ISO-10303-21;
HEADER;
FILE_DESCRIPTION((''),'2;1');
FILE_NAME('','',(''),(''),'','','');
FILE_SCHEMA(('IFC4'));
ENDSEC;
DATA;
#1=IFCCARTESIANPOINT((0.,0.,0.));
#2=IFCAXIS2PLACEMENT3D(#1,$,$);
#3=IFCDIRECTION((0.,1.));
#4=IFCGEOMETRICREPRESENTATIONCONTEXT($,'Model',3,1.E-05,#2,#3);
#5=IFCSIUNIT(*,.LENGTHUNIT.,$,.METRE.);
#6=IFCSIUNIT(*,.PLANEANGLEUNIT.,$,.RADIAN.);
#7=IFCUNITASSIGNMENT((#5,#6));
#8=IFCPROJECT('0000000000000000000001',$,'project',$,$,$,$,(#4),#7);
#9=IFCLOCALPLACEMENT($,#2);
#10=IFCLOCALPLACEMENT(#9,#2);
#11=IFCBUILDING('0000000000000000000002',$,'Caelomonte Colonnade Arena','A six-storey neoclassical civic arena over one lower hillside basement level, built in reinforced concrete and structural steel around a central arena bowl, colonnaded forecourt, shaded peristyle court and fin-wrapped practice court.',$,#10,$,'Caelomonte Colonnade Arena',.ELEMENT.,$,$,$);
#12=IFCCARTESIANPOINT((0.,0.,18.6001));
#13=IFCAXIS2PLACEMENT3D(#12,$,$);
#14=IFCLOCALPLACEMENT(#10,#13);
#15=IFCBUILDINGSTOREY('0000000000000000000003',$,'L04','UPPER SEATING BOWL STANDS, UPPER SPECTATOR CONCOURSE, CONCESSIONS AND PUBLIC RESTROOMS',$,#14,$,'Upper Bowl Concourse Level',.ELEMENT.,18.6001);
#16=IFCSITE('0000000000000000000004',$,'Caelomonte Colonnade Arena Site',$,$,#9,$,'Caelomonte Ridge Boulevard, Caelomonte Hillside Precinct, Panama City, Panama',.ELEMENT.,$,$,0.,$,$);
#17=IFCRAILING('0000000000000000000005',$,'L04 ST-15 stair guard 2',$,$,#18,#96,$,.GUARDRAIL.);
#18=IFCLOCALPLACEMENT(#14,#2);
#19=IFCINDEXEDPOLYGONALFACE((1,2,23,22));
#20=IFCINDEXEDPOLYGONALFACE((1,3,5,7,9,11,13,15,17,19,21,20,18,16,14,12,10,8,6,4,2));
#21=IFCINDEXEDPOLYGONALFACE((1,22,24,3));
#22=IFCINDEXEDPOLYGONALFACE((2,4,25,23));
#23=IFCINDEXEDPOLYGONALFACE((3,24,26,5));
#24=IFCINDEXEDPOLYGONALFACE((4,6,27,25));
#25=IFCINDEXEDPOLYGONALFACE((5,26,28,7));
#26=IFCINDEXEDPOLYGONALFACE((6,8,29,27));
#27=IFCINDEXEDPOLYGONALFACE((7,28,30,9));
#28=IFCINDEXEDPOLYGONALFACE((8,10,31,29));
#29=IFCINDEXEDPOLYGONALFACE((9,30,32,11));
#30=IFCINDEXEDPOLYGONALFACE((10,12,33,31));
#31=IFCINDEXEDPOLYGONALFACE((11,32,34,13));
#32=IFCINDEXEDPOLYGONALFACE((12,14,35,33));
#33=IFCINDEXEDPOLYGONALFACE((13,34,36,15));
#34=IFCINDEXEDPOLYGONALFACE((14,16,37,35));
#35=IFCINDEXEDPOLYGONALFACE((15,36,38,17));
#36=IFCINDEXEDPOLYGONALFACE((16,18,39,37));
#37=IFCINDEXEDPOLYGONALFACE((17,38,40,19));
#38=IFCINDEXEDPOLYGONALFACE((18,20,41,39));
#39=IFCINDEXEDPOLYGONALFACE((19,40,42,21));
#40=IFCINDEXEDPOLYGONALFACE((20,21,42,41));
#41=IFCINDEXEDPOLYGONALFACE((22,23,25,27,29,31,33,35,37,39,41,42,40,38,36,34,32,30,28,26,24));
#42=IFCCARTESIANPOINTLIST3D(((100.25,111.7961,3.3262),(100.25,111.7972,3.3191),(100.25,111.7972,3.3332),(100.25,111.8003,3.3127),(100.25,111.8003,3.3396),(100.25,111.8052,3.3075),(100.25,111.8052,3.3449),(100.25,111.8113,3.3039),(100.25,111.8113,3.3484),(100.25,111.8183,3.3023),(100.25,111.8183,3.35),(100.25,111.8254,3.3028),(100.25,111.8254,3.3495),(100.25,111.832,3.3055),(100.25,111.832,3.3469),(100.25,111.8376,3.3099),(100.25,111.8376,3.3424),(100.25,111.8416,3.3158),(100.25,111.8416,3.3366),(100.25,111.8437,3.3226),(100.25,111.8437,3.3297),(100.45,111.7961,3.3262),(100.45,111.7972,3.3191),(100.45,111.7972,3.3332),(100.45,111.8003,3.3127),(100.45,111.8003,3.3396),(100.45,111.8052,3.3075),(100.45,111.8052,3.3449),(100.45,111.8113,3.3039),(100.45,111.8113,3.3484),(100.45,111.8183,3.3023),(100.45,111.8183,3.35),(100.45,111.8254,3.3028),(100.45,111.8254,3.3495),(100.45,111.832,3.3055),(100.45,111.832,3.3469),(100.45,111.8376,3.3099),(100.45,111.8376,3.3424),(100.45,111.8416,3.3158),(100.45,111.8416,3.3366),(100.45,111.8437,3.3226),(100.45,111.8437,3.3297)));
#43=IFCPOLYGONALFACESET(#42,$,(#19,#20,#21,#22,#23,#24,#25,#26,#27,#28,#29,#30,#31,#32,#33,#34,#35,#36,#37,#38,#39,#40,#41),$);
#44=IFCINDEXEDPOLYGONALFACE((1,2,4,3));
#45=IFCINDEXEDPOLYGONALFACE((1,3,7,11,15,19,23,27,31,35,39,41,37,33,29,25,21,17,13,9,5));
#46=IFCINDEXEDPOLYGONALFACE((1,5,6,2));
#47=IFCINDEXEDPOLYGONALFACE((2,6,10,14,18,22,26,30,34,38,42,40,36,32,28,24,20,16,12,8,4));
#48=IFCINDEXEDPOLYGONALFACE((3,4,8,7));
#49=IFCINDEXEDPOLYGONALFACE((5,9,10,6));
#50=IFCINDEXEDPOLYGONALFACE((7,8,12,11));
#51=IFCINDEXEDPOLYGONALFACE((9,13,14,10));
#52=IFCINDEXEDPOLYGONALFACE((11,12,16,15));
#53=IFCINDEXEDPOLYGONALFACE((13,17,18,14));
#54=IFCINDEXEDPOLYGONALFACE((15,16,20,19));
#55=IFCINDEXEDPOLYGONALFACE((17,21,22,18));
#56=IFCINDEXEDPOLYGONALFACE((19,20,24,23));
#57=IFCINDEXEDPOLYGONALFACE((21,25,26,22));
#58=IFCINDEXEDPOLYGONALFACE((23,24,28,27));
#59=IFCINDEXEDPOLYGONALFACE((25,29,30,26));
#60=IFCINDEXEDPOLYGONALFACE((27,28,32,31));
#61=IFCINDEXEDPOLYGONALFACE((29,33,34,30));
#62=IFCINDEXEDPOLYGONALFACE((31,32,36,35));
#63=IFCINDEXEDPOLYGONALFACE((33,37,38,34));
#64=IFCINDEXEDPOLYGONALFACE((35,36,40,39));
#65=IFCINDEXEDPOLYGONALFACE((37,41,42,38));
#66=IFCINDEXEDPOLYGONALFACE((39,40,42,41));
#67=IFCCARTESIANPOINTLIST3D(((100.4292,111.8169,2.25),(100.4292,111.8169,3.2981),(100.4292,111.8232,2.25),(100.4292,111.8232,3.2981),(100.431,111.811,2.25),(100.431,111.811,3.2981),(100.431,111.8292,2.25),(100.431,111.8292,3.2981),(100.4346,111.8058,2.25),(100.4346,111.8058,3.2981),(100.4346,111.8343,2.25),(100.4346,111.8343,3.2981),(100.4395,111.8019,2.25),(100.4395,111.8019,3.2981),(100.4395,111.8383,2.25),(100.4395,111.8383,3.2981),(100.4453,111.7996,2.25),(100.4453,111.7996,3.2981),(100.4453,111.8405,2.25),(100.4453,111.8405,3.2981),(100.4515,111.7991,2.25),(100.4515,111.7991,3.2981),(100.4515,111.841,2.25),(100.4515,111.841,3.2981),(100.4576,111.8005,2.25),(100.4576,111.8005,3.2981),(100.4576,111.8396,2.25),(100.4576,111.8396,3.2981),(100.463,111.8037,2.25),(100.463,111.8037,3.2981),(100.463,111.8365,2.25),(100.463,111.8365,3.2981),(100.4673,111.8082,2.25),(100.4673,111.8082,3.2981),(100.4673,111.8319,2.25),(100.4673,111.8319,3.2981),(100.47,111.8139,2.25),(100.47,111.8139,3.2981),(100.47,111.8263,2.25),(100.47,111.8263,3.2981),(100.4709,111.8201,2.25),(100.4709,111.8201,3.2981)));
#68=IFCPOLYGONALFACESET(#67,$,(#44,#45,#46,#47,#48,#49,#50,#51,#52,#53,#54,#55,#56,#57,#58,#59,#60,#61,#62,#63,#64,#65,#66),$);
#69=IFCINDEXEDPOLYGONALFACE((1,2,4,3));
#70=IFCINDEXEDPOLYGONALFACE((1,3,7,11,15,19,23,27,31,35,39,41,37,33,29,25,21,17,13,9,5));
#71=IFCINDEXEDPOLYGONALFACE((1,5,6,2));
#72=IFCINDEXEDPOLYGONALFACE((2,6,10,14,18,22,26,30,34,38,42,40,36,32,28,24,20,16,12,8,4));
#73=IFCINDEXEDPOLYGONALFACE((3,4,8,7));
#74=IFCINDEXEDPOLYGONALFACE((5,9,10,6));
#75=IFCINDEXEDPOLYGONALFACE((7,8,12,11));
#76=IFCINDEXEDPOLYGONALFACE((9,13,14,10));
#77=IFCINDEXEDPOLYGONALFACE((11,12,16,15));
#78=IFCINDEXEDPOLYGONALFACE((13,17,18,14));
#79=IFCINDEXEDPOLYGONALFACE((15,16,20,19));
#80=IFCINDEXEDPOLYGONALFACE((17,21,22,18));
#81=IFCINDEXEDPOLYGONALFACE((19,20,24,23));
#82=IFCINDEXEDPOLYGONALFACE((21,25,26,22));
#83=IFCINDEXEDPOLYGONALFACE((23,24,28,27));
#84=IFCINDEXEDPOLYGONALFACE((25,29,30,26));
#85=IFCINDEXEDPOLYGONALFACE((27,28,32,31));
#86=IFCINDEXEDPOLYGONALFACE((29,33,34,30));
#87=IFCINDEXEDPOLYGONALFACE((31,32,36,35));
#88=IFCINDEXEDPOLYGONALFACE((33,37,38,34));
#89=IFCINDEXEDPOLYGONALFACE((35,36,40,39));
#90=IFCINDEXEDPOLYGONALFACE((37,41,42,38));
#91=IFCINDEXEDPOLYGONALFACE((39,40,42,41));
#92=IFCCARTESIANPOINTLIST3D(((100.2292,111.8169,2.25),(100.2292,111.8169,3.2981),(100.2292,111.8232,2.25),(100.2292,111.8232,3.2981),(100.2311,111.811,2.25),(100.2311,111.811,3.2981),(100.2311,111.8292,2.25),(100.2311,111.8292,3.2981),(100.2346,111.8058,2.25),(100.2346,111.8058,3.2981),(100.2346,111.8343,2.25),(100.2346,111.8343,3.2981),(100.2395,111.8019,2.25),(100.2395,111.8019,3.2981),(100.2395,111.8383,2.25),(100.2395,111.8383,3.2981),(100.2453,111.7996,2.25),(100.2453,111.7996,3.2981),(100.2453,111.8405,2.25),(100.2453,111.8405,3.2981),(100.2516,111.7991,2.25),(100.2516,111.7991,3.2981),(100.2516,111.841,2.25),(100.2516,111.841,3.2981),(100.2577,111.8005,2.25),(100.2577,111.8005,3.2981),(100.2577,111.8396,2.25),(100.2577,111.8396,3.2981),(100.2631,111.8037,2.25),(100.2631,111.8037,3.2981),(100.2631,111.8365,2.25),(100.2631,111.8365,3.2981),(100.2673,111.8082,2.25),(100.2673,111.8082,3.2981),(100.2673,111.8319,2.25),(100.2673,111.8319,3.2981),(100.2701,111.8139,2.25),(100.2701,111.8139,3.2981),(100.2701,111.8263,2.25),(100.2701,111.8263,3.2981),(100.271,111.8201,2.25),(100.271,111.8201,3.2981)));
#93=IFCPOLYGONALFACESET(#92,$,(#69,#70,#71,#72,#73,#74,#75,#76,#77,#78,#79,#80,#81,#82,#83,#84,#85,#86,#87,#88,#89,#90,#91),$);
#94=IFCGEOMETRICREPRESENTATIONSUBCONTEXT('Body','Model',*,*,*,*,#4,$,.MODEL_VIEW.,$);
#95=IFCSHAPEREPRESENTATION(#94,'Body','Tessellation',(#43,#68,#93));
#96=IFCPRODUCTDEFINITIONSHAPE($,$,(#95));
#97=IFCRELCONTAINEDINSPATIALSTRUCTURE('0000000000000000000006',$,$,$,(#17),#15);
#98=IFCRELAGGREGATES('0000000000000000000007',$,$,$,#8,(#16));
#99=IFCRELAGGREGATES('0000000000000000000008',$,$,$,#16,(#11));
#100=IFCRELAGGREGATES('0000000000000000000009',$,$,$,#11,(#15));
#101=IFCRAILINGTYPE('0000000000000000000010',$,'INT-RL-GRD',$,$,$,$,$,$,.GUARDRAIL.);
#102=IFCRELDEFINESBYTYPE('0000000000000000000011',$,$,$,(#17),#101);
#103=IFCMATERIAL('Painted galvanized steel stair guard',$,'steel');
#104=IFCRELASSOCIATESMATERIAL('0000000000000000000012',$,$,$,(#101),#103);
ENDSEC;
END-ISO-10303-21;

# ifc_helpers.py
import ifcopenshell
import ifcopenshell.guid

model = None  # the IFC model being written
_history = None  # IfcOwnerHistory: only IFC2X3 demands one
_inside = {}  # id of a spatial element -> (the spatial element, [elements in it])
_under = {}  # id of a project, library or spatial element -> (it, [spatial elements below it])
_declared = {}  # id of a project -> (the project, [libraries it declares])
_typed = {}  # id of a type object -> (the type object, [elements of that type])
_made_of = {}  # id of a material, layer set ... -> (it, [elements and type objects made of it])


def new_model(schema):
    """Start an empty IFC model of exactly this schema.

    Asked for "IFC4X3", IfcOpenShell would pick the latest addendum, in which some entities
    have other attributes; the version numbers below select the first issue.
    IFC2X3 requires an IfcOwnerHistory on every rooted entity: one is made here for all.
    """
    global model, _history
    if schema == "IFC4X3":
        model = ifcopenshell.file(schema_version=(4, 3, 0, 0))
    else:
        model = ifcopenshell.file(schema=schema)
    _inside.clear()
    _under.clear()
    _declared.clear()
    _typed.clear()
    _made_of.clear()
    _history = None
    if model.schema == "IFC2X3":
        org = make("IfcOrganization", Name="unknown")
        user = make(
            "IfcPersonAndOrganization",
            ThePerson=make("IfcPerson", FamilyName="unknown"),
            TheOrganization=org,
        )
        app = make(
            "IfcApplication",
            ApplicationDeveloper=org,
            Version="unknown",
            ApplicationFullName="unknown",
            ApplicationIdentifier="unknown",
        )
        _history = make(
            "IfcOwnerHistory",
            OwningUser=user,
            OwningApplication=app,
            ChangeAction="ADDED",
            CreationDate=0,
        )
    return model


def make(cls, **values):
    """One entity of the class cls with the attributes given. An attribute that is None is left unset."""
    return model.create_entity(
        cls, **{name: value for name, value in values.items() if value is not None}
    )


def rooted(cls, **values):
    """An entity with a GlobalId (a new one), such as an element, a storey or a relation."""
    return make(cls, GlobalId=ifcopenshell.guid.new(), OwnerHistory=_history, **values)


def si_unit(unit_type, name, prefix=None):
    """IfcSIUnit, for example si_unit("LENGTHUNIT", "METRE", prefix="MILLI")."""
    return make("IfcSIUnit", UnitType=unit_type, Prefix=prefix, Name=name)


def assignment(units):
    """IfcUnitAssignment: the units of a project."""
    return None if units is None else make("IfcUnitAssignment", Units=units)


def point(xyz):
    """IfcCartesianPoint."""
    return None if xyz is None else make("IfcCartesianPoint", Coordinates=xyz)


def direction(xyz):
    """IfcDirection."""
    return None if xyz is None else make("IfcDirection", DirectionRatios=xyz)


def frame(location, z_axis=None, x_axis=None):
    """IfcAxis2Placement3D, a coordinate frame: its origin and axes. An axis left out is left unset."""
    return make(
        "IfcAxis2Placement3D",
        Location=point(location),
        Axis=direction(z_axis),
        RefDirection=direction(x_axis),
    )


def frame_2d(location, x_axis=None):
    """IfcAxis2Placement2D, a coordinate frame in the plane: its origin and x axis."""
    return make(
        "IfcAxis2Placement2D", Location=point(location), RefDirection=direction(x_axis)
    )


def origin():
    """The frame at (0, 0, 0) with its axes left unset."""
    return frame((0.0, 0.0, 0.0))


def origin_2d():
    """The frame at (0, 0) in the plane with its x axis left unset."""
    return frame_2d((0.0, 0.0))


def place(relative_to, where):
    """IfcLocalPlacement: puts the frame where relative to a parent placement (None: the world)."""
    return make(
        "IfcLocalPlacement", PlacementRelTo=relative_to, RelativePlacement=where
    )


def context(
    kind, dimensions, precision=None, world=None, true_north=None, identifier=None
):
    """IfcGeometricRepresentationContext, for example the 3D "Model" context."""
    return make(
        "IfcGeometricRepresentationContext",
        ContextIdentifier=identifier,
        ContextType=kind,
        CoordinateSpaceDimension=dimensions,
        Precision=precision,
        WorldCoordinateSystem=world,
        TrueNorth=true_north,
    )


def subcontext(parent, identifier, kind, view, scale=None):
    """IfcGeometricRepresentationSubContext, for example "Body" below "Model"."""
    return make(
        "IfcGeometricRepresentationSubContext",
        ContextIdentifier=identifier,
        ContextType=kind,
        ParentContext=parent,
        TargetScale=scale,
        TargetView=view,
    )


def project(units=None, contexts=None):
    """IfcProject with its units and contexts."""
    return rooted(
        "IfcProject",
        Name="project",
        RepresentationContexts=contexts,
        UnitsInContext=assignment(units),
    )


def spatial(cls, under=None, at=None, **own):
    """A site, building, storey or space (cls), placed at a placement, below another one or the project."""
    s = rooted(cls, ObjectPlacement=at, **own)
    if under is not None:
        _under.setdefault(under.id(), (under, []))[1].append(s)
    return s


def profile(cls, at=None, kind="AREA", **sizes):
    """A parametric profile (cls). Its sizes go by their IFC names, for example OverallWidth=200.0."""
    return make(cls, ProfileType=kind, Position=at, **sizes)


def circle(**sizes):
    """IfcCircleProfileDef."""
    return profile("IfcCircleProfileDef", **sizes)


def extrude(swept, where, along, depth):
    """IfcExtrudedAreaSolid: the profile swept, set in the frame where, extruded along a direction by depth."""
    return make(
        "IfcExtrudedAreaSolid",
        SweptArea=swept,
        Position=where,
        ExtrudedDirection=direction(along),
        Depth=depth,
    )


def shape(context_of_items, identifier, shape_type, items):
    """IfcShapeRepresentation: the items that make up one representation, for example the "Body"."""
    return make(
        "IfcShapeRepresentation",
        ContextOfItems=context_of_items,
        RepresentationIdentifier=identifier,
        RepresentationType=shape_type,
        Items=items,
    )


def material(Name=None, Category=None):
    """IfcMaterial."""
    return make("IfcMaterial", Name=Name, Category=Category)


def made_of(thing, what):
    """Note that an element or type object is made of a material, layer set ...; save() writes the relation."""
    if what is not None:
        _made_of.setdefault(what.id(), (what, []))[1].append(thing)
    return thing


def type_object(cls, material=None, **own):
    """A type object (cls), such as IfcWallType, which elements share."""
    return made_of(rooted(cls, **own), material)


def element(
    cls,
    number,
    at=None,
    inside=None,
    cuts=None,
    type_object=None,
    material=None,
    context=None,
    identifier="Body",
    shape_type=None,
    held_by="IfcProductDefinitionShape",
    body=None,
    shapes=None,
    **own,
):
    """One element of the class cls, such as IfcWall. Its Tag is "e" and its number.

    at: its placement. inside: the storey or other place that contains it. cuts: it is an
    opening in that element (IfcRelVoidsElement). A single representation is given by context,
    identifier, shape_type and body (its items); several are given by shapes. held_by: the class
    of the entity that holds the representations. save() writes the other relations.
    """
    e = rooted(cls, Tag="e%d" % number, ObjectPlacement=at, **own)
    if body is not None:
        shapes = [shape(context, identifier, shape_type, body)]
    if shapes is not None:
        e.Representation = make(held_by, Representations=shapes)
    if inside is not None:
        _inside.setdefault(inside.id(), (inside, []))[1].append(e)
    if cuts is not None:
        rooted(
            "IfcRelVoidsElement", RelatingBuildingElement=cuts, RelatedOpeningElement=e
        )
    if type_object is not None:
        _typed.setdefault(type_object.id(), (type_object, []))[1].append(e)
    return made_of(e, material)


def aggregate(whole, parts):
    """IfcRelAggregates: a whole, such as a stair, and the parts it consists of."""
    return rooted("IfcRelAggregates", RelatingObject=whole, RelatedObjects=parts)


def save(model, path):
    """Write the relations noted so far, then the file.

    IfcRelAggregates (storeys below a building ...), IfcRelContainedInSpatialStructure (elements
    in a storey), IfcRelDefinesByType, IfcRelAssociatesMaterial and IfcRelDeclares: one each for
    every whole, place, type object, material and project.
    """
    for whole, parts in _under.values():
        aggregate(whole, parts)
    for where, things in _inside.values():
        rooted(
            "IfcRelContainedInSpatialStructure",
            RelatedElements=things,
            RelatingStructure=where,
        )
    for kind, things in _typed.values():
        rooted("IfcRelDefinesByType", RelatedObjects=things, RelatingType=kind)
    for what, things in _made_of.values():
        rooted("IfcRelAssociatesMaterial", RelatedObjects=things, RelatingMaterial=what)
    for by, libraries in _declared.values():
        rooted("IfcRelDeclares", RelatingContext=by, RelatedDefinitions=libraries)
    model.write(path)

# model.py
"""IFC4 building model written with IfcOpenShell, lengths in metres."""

from ifc_helpers import new_model, si_unit, direction, frame, origin, origin_2d, place, context, subcontext, project, spatial, circle, extrude, material, type_object, element, save


model = new_model("IFC4")

# Units and contexts
model_context = context("Model", 3, precision=1e-05, world=origin(), true_north=direction((0.0, 1.0)))
body_context = subcontext(model_context, "Body", "Model", "MODEL_VIEW")
ifc_project = project(units=[si_unit("LENGTHUNIT", "METRE"), si_unit("PLANEANGLEUNIT", "RADIAN")], contexts=[model_context])

# Site, building, storey
site_placement = place(None, origin())
site = spatial("IfcSite", under=ifc_project, at=site_placement, Name="Caelomonte Colonnade Arena Site", LongName="Caelomonte Ridge Boulevard, Caelomonte Hillside Precinct, Panama City, Panama", CompositionType="ELEMENT", RefElevation=0.0)
building_placement = place(site_placement, origin())
building = spatial("IfcBuilding", under=site, at=building_placement, Name="Caelomonte Colonnade Arena", Description="A six-storey neoclassical civic arena over one lower hillside basement level, built in reinforced concrete and structural steel around a central arena bowl, colonnaded forecourt, shaded peristyle court and fin-wrapped practice court.", LongName="Caelomonte Colonnade Arena", CompositionType="ELEMENT")
storey_placement = place(building_placement, frame((0.0, 0.0, 18.6001)))
storey = spatial("IfcBuildingStorey", under=building, at=storey_placement, Name="L04", Description="UPPER SEATING BOWL STANDS, UPPER SPECTATOR CONCOURSE, CONCESSIONS AND PUBLIC RESTROOMS", LongName="Upper Bowl Concourse Level", CompositionType="ELEMENT", Elevation=18.6001)

# Railing
ifc_material_1 = material(Name="Painted galvanized steel stair guard", Category="steel")
railing_type_1 = type_object("IfcRailingType", Name="INT-RL-GRD", PredefinedType="GUARDRAIL", material=ifc_material_1)
railing_1_placement = place(storey_placement, frame((100.45, 111.8201, 2.25)))
element("IfcRailing", 1, at=railing_1_placement, inside=storey, type_object=railing_type_1, Name="L04 ST-15 stair guard 2", PredefinedType="GUARDRAIL", context=body_context, shape_type="SweptSolid", body=[
    extrude(circle(Radius=0.0239, at=origin_2d()), frame((0.0, 0.0, 1.0762), z_axis=(-1.0, 0.0, 0.0), x_axis=(0.0, -1.0, 0.0)), (0.0, 0.0, 1.0), 0.2),
    extrude(circle(Radius=0.021, at=origin_2d()), origin(), (0.0, 0.0, 1.0), 1.0481),
    extrude(circle(Radius=0.021, at=origin_2d()), frame((-0.2, 0.0, 0.0)), (0.0, 0.0, 1.0), 1.0481),
])

save(model, "model.ifc")
